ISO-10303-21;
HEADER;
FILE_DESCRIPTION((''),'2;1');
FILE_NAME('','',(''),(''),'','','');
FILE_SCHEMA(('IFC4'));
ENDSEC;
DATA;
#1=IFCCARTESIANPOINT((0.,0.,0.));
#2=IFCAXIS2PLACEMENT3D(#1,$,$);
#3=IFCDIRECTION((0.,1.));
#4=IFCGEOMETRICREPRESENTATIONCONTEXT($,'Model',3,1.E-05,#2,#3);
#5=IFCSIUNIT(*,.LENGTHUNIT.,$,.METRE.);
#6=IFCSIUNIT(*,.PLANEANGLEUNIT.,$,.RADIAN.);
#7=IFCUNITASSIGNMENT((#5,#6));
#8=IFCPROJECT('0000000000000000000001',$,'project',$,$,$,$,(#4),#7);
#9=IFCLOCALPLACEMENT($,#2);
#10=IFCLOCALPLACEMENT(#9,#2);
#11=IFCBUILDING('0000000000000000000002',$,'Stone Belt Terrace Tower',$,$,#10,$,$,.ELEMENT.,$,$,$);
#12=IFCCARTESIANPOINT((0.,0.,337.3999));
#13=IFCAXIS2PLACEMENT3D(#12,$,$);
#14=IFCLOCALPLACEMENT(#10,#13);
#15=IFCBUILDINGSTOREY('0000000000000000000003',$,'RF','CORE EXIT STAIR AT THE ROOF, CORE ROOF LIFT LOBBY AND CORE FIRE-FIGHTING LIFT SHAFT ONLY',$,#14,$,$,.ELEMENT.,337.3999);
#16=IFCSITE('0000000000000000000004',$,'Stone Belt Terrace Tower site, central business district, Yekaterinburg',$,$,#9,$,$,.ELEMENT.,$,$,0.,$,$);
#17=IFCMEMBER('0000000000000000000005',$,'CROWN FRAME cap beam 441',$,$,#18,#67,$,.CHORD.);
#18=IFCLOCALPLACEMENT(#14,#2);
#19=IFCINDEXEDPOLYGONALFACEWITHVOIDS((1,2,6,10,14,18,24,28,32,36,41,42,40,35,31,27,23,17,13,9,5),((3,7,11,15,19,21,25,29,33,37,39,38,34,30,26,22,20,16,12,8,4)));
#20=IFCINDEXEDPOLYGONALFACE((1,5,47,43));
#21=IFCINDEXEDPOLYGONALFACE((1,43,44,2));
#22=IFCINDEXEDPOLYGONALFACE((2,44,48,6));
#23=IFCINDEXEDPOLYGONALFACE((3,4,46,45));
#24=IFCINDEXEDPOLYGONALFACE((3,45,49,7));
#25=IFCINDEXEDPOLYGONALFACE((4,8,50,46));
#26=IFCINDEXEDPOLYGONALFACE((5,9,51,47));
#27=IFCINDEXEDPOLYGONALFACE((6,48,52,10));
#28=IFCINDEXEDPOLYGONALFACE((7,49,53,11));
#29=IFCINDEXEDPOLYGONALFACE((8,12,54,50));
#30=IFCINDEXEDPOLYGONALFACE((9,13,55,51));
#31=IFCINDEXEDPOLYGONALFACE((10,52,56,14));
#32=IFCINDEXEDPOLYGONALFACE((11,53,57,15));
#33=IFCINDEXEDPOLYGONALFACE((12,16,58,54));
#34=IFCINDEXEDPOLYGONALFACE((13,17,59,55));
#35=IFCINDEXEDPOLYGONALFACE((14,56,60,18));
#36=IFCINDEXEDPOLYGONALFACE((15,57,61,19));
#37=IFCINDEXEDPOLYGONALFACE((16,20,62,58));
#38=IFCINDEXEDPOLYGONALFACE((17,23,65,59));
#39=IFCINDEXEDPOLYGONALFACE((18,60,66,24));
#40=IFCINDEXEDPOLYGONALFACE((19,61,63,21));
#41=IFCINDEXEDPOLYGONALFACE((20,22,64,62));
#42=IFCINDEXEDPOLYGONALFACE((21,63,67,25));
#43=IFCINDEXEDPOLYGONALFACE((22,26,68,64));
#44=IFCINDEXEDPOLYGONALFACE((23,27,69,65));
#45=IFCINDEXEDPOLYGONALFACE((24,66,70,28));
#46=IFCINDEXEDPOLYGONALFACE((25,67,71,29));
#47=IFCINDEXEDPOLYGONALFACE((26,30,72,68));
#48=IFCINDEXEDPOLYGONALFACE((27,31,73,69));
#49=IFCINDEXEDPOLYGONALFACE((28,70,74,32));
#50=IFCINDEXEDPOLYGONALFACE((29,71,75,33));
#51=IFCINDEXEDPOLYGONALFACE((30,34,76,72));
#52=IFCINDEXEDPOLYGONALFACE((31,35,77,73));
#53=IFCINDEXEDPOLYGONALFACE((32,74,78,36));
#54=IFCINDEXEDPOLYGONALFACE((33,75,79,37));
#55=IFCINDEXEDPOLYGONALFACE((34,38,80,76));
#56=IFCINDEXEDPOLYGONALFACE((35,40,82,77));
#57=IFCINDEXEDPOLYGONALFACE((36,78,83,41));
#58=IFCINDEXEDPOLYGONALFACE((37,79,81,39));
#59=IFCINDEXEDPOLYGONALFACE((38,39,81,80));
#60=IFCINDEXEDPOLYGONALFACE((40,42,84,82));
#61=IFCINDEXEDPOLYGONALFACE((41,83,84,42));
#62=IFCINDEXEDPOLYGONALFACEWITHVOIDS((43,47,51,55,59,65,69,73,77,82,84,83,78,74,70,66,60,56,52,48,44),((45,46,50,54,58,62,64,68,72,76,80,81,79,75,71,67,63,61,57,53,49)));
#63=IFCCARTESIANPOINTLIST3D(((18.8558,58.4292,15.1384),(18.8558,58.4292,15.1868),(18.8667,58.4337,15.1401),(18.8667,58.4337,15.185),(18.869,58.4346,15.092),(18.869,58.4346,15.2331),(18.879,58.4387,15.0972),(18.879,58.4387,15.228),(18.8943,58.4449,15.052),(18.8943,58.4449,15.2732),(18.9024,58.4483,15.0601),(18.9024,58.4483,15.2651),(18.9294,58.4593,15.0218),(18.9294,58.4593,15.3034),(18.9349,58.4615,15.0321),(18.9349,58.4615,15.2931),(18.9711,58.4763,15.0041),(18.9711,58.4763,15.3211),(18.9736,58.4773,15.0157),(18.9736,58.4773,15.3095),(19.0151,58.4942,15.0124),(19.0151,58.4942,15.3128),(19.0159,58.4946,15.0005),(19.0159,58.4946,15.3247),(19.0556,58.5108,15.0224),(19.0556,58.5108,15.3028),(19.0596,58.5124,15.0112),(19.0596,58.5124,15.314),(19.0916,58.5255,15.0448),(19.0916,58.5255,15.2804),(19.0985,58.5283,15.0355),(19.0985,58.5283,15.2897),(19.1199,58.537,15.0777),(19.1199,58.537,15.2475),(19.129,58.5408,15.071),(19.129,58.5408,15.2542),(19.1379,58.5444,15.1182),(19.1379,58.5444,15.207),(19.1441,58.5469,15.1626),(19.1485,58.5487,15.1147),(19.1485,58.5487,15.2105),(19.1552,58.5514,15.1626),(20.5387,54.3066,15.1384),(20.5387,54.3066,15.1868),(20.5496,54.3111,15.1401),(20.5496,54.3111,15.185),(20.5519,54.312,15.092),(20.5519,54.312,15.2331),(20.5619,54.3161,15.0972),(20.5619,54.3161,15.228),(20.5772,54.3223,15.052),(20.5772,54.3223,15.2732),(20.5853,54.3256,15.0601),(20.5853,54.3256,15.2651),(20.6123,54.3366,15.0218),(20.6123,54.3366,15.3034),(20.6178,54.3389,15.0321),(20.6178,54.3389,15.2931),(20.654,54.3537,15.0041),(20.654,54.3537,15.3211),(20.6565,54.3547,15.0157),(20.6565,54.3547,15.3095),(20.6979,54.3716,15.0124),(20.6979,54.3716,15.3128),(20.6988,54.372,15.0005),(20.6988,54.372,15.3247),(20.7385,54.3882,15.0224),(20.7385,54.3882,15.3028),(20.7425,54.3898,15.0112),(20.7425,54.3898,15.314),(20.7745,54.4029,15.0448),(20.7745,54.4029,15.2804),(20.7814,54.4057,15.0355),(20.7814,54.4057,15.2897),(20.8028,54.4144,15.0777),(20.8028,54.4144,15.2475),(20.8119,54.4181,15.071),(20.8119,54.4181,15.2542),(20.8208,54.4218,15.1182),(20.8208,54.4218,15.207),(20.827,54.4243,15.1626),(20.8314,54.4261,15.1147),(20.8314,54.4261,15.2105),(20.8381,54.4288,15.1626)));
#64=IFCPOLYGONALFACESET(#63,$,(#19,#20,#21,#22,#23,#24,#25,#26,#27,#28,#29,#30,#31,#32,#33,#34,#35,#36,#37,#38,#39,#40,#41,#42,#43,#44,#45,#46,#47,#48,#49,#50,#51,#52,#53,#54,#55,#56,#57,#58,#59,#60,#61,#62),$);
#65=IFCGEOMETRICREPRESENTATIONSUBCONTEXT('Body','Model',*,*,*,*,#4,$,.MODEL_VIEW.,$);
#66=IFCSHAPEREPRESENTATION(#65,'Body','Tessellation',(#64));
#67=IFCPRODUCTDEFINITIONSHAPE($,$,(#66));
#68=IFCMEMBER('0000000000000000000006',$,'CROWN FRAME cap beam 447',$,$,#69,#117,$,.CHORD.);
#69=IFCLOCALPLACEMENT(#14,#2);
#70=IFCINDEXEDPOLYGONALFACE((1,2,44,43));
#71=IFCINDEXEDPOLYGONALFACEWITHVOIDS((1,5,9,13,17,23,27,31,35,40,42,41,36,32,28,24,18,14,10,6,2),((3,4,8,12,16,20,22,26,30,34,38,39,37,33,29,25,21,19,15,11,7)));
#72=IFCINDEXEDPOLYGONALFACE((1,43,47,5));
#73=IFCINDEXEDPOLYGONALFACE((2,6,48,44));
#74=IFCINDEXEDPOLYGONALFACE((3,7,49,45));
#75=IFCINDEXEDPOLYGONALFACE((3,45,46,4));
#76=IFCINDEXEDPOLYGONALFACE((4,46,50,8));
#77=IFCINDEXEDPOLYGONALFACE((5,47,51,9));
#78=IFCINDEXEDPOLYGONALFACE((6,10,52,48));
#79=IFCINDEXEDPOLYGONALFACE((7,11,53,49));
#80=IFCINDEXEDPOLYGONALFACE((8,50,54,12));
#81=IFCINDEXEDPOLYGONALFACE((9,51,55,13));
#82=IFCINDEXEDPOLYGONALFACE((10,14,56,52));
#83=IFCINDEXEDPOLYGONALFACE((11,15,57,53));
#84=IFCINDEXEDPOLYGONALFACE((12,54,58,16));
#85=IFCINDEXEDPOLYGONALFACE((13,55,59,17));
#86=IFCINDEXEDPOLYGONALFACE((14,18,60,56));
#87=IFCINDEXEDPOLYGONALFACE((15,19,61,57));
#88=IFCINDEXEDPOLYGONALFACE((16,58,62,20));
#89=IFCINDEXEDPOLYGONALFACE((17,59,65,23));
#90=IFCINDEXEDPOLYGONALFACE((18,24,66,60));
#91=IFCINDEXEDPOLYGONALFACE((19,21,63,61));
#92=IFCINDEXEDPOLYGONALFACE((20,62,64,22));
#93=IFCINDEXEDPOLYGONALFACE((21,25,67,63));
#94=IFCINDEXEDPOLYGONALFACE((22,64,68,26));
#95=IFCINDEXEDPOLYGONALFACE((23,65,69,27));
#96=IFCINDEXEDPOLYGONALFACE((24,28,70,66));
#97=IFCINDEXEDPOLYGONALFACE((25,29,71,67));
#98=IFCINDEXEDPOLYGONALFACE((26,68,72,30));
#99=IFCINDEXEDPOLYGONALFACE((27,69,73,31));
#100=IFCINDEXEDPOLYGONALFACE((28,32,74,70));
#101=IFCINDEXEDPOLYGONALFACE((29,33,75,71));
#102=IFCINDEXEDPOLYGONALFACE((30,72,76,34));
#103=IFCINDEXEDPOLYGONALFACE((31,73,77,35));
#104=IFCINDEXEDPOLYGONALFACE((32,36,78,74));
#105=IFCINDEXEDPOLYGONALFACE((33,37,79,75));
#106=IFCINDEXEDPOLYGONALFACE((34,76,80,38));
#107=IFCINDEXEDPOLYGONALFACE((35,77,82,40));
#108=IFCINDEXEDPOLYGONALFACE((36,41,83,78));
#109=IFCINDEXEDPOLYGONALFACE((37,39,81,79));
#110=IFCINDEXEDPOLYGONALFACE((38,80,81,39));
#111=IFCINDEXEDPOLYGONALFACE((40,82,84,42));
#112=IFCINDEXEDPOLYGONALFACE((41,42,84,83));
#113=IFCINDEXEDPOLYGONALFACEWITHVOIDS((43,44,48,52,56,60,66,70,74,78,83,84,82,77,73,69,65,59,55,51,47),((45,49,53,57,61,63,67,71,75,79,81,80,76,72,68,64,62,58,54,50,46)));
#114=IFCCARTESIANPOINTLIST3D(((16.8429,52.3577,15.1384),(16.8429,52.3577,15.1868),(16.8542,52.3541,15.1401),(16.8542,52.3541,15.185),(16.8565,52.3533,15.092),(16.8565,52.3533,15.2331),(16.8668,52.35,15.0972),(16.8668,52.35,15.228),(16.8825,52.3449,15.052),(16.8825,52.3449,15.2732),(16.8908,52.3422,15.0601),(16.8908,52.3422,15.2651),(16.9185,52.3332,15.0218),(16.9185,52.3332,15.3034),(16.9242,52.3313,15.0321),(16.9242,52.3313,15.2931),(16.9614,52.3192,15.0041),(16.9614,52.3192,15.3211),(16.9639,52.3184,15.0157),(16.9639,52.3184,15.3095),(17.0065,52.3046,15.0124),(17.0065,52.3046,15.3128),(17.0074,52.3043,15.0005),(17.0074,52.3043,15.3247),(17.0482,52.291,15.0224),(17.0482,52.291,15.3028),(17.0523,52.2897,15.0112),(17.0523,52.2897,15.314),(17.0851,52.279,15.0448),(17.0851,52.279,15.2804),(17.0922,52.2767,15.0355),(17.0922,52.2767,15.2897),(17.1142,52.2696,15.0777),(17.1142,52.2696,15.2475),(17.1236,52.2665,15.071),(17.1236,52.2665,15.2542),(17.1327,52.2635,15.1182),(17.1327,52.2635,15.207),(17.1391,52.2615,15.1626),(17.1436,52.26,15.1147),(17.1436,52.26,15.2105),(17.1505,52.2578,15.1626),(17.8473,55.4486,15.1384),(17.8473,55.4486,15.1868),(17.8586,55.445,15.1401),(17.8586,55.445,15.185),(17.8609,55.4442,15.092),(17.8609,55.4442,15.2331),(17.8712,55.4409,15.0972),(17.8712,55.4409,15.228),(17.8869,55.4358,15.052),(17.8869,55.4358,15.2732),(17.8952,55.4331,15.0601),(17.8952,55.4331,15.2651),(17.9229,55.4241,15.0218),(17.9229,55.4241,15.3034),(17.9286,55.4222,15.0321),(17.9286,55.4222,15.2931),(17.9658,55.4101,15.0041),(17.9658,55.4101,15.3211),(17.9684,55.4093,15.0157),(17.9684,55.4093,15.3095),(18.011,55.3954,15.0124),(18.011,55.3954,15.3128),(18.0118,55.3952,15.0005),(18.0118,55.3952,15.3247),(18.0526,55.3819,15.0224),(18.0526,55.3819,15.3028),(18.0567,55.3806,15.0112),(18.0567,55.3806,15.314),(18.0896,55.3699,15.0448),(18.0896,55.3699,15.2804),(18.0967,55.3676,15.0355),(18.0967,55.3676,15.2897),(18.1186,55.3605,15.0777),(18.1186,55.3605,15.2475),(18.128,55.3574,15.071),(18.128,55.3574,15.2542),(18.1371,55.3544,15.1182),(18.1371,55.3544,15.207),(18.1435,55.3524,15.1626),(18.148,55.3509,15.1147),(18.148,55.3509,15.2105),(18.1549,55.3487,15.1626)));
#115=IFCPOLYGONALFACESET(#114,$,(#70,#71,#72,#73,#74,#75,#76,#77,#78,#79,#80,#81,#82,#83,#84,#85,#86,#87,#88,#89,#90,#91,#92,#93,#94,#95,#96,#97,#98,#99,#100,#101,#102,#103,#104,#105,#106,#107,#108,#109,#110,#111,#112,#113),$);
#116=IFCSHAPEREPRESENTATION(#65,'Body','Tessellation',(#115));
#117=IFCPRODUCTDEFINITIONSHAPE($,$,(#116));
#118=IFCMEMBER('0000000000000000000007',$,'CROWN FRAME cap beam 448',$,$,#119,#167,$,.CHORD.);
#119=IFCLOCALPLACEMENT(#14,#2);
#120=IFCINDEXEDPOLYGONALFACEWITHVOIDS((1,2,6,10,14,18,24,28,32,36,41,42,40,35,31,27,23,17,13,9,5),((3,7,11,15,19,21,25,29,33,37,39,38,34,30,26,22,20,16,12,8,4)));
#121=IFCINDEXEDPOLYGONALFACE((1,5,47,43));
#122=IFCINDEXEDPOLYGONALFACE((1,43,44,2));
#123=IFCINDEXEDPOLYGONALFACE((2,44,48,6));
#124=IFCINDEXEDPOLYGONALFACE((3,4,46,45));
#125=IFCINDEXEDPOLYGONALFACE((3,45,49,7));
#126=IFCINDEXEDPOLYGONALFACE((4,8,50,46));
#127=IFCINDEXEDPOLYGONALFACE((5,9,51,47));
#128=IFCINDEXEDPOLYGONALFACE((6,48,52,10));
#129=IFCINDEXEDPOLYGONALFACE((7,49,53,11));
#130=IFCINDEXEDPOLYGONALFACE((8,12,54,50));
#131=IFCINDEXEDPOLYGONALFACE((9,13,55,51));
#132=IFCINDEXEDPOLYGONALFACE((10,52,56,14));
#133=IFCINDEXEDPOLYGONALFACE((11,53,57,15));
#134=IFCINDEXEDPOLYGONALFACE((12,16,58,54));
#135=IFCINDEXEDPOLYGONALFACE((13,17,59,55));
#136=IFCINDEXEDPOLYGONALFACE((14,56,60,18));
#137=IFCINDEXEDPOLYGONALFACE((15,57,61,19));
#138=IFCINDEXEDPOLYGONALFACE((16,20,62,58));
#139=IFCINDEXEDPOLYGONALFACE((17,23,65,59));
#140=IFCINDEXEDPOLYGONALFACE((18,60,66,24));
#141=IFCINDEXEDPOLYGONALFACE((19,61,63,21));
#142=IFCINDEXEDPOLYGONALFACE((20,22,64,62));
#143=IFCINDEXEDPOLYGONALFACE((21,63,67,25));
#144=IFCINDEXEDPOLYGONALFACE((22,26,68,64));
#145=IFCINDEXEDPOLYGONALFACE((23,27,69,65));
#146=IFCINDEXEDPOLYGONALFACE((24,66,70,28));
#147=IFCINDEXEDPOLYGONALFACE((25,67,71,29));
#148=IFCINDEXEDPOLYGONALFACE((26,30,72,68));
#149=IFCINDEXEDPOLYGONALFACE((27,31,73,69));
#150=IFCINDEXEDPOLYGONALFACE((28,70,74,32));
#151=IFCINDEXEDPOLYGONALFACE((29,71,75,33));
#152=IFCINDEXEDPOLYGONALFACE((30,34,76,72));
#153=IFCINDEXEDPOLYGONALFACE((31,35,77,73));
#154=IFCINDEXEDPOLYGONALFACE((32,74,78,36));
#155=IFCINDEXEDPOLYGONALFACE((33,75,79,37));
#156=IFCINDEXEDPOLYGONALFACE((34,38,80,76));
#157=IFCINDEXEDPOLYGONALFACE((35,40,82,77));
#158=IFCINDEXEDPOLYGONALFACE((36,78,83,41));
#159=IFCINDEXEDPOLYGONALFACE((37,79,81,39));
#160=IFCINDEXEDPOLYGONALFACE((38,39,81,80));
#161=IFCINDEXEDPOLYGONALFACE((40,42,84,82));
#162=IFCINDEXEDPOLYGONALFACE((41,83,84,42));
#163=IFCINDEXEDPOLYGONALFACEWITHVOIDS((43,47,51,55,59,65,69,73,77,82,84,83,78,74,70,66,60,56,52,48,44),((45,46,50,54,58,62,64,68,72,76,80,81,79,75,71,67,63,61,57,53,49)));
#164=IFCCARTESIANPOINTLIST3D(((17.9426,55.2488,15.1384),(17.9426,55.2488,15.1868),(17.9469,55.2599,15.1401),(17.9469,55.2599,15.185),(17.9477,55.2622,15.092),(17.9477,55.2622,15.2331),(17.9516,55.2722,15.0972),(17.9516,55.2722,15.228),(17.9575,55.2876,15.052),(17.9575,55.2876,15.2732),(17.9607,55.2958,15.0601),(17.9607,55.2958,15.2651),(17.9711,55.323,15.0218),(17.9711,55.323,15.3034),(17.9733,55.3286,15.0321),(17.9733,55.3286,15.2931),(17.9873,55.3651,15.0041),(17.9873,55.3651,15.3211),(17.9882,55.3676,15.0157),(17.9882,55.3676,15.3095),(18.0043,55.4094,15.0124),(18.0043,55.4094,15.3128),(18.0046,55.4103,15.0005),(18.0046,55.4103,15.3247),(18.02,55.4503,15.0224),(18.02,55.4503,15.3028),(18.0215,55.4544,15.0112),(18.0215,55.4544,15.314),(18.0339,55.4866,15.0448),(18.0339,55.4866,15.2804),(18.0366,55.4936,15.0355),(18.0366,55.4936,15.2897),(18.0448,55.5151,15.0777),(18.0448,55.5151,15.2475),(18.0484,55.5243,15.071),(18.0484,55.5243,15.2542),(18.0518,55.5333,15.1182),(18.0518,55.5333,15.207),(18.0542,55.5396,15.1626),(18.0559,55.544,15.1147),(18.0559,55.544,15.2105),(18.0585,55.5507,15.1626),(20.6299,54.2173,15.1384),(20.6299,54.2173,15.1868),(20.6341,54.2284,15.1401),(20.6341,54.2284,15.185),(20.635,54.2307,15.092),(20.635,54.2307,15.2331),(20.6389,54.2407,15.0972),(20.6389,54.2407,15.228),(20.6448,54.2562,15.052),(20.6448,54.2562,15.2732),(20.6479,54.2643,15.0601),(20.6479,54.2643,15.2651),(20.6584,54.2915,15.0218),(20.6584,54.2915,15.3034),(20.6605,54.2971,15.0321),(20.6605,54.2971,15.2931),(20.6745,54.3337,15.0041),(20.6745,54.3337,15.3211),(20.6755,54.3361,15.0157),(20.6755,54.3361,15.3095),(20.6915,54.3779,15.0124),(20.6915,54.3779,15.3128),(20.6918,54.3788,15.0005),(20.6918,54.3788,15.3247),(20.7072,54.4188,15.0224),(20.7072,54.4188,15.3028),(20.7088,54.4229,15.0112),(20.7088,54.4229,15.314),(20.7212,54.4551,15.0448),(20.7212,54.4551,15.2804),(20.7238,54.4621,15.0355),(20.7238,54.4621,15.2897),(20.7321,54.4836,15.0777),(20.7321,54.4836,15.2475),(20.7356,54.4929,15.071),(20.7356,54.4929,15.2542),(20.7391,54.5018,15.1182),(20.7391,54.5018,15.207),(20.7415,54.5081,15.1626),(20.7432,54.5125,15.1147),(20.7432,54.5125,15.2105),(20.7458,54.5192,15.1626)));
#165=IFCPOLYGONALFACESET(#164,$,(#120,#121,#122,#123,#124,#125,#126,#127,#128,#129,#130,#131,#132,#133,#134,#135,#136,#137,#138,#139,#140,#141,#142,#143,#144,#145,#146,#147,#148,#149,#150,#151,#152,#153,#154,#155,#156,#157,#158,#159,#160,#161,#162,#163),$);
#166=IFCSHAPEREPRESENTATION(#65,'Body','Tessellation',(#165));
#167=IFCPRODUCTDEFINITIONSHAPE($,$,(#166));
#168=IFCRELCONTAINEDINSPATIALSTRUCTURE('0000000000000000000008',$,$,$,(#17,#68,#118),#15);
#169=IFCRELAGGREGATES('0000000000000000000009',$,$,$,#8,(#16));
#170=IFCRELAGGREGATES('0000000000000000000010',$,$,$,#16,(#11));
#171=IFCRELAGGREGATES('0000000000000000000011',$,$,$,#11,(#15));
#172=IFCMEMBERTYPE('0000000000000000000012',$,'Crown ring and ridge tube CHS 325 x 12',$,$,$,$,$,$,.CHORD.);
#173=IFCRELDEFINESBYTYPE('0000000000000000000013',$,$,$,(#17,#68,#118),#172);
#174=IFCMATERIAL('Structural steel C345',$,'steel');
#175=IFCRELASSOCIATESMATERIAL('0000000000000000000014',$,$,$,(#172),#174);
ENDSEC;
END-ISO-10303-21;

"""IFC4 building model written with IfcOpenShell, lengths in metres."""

from ifc_helpers import new_model, si_unit, direction, frame, origin, origin_2d, place, context, subcontext, project, spatial, hollow_circle, extrude, material, material_profile, profile_set, type_object, element, save


model = new_model("IFC4")

# Units and contexts
model_context = context("Model", 3, precision=1e-05, world=origin(), true_north=direction((0.0, 1.0)))
body_context = subcontext(model_context, "Body", "Model", "MODEL_VIEW")
ifc_project = project(units=[si_unit("LENGTHUNIT", "METRE"), si_unit("PLANEANGLEUNIT", "RADIAN")], contexts=[model_context])

# Site, building, storey
site_placement = place(None, origin())
site = spatial("IfcSite", under=ifc_project, at=site_placement, Name="Stone Belt Terrace Tower site, central business district, Yekaterinburg", CompositionType="ELEMENT", RefElevation=0.0)
building_placement = place(site_placement, origin())
building = spatial("IfcBuilding", under=site, at=building_placement, Name="Stone Belt Terrace Tower", CompositionType="ELEMENT")
storey_placement = place(building_placement, frame((0.0, 0.0, 337.3999)))
storey = spatial("IfcBuildingStorey", under=building, at=storey_placement, Name="RF", Description="CORE EXIT STAIR AT THE ROOF, CORE ROOF LIFT LOBBY AND CORE FIRE-FIGHTING LIFT SHAFT ONLY", CompositionType="ELEMENT", Elevation=337.3999)

# Members
ifc_material_1 = material(Name="Structural steel C345", Category="steel")
ifc_material_profile_1 = material_profile(ifc_material_1, hollow_circle(Radius=0.1626, WallThickness=0.012, at=origin_2d()), Name="Structural steel C345 CHS 325x12")
ifc_profile_set_1 = profile_set([ifc_material_profile_1], Name="Structural steel C345")
member_type_1 = type_object("IfcMemberType", Name="Crown ring and ridge tube CHS 325 x 12", PredefinedType="CHORD", material=ifc_profile_set_1)
member_1_placement = place(storey_placement, frame((19.0046, 58.49, 15.1626), z_axis=(0.377932, -0.925833, 0.0), x_axis=(0.925833, 0.377932, 0.0)))
element("IfcMember", 1, at=member_1_placement, inside=storey, type_object=member_type_1, Name="CROWN FRAME cap beam 441", PredefinedType="CHORD", context=body_context, shape_type="SweptSolid", body=[
    extrude(hollow_circle(Radius=0.1626, WallThickness=0.012, at=origin_2d()), origin(), (0.0, 0.0, 1.0), 4.4529),
])
member_2_placement = place(storey_placement, frame((18.0002, 55.3989, 15.1626), z_axis=(-0.309052, -0.951045, 0.0), x_axis=(0.951045, -0.309052, 0.0)))
element("IfcMember", 2, at=member_2_placement, inside=storey, type_object=member_type_1, Name="CROWN FRAME cap beam 447", PredefinedType="CHORD", context=body_context, shape_type="SweptSolid", body=[
    extrude(hollow_circle(Radius=0.1626, WallThickness=0.012, at=origin_2d()), origin(), (0.0, 0.0, 1.0), 3.25),
])
member_3_placement = place(storey_placement, frame((18.0002, 55.3989, 15.1626), z_axis=(0.933586, -0.358354, 0.0), x_axis=(0.358354, 0.933586, 0.0)))
element("IfcMember", 3, at=member_3_placement, inside=storey, type_object=member_type_1, Name="CROWN FRAME cap beam 448", PredefinedType="CHORD", context=body_context, shape_type="SweptSolid", body=[
    extrude(hollow_circle(Radius=0.1626, WallThickness=0.012, at=origin_2d()), origin(), (0.0, 0.0, 1.0), 2.8784),
])

save(model, "model.ifc")
